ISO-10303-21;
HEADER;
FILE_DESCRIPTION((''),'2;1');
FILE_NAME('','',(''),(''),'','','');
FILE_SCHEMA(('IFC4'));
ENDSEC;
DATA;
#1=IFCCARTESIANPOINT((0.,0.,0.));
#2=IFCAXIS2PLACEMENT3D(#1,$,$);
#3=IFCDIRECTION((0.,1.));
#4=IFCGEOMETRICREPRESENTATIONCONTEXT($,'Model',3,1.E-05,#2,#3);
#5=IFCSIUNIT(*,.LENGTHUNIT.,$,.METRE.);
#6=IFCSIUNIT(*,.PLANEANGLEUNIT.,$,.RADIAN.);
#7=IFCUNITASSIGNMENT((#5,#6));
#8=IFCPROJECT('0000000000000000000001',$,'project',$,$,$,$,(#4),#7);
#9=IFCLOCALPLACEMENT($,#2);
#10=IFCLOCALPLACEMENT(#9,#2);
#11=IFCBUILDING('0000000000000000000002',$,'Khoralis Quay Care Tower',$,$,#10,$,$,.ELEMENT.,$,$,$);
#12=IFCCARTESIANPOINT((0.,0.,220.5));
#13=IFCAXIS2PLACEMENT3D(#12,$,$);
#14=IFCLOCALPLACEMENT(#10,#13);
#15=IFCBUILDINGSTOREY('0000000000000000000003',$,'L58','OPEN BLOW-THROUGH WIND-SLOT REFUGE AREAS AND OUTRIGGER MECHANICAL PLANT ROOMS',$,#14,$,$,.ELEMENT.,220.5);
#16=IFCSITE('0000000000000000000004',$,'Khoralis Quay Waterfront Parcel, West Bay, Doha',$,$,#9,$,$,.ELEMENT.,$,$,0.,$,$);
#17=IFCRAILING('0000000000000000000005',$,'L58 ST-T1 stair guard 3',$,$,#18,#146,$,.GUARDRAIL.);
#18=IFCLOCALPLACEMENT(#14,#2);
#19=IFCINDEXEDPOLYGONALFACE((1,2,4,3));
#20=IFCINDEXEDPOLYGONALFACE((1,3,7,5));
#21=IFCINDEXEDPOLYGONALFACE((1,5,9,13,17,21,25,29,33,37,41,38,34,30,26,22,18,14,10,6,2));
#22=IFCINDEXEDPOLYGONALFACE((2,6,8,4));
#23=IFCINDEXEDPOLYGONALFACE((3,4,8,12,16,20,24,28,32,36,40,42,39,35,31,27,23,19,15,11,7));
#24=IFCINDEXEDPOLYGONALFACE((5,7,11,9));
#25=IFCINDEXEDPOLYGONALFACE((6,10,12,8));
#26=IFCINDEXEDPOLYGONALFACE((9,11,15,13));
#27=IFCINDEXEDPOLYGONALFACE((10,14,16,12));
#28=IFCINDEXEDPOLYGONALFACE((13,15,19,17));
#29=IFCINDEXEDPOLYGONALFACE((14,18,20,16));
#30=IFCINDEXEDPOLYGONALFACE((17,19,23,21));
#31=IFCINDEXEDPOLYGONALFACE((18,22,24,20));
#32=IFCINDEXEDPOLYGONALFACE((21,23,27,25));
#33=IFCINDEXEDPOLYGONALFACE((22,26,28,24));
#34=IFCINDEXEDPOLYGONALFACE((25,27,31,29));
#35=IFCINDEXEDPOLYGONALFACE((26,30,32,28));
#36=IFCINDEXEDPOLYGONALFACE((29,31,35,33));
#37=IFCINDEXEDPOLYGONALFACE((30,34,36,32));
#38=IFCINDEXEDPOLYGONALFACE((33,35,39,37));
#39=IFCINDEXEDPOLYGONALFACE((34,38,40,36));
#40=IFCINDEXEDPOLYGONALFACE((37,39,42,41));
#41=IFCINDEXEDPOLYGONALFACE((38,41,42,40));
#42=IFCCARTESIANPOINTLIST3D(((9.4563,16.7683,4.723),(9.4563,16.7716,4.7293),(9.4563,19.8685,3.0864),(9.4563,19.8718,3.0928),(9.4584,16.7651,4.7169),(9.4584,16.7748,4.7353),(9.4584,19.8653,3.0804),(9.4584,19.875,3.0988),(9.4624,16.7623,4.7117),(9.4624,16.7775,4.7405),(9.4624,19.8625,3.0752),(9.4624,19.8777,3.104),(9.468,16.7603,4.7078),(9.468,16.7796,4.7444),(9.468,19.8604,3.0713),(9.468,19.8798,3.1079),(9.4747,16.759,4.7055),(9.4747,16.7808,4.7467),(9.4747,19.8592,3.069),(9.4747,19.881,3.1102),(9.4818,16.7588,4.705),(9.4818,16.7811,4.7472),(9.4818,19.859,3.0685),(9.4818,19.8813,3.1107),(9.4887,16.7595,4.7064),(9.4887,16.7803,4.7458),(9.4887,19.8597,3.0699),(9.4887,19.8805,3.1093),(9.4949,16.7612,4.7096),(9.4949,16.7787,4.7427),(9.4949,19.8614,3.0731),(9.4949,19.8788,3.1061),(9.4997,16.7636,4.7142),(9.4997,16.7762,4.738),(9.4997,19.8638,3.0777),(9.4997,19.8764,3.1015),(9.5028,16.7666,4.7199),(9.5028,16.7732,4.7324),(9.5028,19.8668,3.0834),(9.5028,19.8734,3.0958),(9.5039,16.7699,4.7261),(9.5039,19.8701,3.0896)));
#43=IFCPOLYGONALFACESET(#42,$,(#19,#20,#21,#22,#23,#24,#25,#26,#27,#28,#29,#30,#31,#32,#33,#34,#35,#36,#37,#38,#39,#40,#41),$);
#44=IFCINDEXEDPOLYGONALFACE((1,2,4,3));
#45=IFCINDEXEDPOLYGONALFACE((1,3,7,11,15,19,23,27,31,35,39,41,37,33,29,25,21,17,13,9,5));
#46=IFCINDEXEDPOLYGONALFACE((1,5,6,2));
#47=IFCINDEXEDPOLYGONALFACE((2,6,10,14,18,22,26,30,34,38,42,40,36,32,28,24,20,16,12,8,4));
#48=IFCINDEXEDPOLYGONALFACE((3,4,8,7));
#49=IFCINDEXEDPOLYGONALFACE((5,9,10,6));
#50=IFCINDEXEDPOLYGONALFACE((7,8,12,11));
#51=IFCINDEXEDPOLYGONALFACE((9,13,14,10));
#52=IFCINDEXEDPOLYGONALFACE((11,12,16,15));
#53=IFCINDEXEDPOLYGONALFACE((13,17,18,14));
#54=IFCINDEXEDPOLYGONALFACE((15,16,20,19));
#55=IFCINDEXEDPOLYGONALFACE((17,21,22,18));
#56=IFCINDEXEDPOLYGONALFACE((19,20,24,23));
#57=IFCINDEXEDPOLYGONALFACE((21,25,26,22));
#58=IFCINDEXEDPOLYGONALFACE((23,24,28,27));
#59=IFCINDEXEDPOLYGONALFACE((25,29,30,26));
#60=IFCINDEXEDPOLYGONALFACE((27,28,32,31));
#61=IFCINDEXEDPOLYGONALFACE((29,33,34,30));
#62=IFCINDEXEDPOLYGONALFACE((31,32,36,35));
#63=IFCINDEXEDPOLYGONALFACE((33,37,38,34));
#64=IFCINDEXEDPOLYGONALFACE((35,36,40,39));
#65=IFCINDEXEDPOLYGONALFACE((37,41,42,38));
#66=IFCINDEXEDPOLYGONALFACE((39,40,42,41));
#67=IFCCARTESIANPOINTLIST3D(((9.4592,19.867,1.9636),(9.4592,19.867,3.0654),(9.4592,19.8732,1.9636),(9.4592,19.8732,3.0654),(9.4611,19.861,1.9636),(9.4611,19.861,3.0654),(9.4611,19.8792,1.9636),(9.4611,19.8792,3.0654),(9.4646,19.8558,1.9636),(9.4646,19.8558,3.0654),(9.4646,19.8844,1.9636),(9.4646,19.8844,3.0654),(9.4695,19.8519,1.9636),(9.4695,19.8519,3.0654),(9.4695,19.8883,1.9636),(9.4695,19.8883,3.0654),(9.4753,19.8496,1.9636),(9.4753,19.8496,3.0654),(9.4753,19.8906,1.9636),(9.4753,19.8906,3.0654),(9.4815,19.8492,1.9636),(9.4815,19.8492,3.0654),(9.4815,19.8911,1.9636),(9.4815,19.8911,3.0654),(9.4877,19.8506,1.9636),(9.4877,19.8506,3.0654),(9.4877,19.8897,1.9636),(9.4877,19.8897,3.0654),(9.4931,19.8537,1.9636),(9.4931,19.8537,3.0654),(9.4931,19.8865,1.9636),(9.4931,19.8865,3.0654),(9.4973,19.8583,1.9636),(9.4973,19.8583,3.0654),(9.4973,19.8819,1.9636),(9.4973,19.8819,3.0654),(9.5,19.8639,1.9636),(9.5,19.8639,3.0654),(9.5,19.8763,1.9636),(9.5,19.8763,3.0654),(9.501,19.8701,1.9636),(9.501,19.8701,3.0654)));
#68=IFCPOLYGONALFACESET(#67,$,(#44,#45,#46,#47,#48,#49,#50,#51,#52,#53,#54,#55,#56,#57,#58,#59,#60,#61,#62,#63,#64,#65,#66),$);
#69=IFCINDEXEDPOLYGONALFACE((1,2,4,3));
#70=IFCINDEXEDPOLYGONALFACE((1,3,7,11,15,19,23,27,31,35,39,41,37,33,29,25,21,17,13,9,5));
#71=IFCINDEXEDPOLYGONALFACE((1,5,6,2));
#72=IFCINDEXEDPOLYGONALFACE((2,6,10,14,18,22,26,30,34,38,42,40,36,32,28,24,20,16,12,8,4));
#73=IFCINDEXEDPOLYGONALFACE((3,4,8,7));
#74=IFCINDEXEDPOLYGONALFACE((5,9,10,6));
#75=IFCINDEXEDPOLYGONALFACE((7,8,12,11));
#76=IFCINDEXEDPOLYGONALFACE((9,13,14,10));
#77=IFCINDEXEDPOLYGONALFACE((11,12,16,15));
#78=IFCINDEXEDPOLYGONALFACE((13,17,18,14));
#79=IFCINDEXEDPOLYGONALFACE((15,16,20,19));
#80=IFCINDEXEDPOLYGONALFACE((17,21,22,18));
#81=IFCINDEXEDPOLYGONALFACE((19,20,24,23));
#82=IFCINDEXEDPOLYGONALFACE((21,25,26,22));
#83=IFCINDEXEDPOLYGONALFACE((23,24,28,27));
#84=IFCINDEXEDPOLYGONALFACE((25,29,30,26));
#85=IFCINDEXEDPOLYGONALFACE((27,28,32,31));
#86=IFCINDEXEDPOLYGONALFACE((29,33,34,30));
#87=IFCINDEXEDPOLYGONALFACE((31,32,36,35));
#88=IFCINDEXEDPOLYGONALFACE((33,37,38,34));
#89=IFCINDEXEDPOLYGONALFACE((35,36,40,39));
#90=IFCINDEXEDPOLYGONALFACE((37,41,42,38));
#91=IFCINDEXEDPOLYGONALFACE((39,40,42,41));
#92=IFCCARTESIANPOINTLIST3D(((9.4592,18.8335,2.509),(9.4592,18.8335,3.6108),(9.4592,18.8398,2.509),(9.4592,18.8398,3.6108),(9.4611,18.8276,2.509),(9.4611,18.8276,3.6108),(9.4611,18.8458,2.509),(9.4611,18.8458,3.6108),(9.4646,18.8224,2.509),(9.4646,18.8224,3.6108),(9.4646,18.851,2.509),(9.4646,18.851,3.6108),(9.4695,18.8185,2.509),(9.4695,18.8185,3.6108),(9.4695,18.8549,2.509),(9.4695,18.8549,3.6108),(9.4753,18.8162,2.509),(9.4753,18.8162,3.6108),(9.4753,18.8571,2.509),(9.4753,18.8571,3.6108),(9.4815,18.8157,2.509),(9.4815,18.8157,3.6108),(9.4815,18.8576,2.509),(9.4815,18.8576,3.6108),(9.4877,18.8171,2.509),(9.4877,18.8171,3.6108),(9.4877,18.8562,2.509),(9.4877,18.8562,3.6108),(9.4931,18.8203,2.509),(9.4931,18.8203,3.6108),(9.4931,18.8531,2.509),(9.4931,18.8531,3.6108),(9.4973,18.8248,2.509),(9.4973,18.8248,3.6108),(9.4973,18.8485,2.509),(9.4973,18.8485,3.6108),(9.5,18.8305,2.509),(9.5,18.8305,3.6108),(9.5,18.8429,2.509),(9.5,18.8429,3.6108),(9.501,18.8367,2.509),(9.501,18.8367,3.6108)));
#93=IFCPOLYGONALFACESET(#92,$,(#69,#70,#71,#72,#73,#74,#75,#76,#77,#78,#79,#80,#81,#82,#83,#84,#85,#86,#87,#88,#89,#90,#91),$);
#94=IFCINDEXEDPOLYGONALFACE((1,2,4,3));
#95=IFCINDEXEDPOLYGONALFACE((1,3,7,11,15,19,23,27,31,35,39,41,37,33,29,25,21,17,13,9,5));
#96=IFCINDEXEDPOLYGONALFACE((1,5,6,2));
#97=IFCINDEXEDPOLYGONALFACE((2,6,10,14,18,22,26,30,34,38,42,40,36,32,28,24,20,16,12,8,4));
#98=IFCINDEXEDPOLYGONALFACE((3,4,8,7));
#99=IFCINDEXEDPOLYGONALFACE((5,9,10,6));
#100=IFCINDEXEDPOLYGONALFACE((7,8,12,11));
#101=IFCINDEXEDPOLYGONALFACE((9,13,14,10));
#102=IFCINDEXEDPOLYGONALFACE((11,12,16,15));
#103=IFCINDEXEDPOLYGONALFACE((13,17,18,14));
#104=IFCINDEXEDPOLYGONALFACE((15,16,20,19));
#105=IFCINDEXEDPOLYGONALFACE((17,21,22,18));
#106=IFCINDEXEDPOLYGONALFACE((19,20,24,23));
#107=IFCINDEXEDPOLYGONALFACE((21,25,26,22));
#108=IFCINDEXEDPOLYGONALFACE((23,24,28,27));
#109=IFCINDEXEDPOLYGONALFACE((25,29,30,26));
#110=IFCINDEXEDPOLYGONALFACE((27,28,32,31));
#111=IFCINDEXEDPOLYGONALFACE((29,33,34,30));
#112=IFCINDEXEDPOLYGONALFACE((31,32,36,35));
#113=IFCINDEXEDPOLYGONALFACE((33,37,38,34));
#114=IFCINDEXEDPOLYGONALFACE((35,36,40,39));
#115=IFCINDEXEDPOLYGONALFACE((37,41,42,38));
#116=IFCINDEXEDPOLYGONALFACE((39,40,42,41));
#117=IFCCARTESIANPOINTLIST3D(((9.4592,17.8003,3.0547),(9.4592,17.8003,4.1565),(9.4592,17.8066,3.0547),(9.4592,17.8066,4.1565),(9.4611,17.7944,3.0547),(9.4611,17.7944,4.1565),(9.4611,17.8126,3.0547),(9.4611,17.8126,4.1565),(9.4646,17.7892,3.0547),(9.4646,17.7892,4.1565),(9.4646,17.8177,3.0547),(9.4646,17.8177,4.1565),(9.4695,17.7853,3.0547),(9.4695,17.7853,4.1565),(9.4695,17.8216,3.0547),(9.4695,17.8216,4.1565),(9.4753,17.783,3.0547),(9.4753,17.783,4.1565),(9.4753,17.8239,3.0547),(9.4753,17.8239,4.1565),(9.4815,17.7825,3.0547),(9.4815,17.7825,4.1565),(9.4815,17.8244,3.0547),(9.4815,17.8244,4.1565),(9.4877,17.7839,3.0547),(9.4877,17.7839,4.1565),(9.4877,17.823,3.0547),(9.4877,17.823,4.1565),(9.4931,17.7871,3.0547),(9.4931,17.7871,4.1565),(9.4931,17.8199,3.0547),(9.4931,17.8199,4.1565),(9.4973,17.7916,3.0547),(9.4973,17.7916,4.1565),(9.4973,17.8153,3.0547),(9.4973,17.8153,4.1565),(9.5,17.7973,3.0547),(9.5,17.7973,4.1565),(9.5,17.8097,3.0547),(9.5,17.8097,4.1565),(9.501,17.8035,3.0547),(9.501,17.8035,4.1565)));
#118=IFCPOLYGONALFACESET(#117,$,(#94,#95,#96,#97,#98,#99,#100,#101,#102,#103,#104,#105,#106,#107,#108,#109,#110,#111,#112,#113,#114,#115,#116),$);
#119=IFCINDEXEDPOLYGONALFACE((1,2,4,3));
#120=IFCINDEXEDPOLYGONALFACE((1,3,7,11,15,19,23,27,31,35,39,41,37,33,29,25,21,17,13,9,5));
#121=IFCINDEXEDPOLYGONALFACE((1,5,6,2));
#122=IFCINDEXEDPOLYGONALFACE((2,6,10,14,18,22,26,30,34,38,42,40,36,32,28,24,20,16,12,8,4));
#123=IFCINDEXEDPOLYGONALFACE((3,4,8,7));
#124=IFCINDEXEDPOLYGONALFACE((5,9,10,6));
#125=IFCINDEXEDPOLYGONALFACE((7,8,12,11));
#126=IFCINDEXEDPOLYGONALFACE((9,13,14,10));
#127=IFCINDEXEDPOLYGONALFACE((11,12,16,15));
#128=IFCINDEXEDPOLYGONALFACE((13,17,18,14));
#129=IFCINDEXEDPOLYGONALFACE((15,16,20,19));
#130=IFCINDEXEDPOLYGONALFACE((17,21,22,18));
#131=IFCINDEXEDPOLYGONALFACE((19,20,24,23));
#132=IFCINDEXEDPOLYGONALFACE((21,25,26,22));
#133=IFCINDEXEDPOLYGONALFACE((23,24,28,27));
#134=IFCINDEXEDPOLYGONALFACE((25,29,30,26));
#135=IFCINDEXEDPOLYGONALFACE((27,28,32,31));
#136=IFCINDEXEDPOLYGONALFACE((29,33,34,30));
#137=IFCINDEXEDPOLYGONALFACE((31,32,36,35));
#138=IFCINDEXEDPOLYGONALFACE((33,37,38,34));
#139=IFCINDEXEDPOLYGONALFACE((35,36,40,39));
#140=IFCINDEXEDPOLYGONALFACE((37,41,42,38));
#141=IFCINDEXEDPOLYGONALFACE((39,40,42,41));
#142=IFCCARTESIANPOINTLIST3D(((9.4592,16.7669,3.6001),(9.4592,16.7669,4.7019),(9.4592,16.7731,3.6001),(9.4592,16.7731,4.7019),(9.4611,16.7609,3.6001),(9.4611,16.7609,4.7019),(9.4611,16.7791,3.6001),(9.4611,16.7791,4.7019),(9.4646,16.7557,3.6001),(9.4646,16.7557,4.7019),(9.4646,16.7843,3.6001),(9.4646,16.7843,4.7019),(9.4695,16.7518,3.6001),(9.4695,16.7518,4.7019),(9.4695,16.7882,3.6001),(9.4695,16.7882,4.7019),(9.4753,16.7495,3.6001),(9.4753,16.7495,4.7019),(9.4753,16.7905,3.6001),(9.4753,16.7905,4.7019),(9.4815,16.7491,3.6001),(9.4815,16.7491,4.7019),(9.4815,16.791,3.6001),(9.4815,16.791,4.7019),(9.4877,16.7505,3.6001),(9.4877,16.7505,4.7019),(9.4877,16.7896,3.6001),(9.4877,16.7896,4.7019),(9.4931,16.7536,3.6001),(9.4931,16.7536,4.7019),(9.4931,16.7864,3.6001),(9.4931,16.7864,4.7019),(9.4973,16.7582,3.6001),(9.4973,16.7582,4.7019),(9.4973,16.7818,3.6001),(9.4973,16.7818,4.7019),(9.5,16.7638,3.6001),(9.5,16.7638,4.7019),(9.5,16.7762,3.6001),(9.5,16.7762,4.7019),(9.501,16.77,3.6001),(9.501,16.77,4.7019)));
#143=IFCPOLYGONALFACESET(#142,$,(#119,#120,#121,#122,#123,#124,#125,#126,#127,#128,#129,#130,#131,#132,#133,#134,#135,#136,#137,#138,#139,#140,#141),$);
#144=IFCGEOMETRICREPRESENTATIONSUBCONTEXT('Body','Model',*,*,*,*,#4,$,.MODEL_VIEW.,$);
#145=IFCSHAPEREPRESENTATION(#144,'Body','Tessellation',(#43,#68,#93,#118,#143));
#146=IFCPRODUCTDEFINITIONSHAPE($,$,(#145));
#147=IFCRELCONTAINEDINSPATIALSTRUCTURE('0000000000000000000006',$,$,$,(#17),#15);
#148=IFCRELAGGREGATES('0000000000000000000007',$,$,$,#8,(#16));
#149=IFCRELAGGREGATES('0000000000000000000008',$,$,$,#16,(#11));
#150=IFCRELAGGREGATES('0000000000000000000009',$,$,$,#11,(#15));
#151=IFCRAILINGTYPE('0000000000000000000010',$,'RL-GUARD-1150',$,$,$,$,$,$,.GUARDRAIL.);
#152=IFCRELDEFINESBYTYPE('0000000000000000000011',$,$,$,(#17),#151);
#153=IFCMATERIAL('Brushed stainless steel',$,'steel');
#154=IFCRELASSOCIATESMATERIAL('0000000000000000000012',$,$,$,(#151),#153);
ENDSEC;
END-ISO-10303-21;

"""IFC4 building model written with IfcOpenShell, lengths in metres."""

from ifc_helpers import new_model, si_unit, direction, frame, origin, origin_2d, place, context, subcontext, project, spatial, circle, extrude, material, type_object, element, save


model = new_model("IFC4")

# Units and contexts
model_context = context("Model", 3, precision=1e-05, world=origin(), true_north=direction((0.0, 1.0)))
body_context = subcontext(model_context, "Body", "Model", "MODEL_VIEW")
ifc_project = project(units=[si_unit("LENGTHUNIT", "METRE"), si_unit("PLANEANGLEUNIT", "RADIAN")], contexts=[model_context])

# Site, building, storey
site_placement = place(None, origin())
site = spatial("IfcSite", under=ifc_project, at=site_placement, Name="Khoralis Quay Waterfront Parcel, West Bay, Doha", CompositionType="ELEMENT", RefElevation=0.0)
building_placement = place(site_placement, origin())
building = spatial("IfcBuilding", under=site, at=building_placement, Name="Khoralis Quay Care Tower", CompositionType="ELEMENT")
storey_placement = place(building_placement, frame((0.0, 0.0, 220.5)))
storey = spatial("IfcBuildingStorey", under=building, at=storey_placement, Name="L58", Description="OPEN BLOW-THROUGH WIND-SLOT REFUGE AREAS AND OUTRIGGER MECHANICAL PLANT ROOMS", CompositionType="ELEMENT", Elevation=220.5)

# Railing
ifc_material_1 = material(Name="Brushed stainless steel", Category="steel")
railing_type_1 = type_object("IfcRailingType", Name="RL-GUARD-1150", PredefinedType="GUARDRAIL", material=ifc_material_1)
railing_1_placement = place(storey_placement, frame((9.48, 19.8701, 1.9636)))
element("IfcRailing", 1, at=railing_1_placement, inside=storey, type_object=railing_type_1, Name="L58 ST-T1 stair guard 3", PredefinedType="GUARDRAIL", context=body_context, shape_type="SweptSolid", body=[
    extrude(circle(Radius=0.0239, at=origin_2d()), frame((0.0, 0.0, 1.126), z_axis=(0.0, -0.884348, 0.466828), x_axis=(1.0, 0.0, 0.0)), (0.0, 0.0, 1.0), 3.5056),
    extrude(circle(Radius=0.021, at=origin_2d()), origin(), (0.0, 0.0, 1.0), 1.1018),
    extrude(circle(Radius=0.021, at=origin_2d()), frame((0.0, -1.0334, 0.5454)), (0.0, 0.0, 1.0), 1.1018),
    extrude(circle(Radius=0.021, at=origin_2d()), frame((0.0, -2.0667, 1.0911)), (0.0, 0.0, 1.0), 1.1018),
    extrude(circle(Radius=0.021, at=origin_2d()), frame((0.0, -3.1001, 1.6365)), (0.0, 0.0, 1.0), 1.1018),
])

save(model, "model.ifc")
